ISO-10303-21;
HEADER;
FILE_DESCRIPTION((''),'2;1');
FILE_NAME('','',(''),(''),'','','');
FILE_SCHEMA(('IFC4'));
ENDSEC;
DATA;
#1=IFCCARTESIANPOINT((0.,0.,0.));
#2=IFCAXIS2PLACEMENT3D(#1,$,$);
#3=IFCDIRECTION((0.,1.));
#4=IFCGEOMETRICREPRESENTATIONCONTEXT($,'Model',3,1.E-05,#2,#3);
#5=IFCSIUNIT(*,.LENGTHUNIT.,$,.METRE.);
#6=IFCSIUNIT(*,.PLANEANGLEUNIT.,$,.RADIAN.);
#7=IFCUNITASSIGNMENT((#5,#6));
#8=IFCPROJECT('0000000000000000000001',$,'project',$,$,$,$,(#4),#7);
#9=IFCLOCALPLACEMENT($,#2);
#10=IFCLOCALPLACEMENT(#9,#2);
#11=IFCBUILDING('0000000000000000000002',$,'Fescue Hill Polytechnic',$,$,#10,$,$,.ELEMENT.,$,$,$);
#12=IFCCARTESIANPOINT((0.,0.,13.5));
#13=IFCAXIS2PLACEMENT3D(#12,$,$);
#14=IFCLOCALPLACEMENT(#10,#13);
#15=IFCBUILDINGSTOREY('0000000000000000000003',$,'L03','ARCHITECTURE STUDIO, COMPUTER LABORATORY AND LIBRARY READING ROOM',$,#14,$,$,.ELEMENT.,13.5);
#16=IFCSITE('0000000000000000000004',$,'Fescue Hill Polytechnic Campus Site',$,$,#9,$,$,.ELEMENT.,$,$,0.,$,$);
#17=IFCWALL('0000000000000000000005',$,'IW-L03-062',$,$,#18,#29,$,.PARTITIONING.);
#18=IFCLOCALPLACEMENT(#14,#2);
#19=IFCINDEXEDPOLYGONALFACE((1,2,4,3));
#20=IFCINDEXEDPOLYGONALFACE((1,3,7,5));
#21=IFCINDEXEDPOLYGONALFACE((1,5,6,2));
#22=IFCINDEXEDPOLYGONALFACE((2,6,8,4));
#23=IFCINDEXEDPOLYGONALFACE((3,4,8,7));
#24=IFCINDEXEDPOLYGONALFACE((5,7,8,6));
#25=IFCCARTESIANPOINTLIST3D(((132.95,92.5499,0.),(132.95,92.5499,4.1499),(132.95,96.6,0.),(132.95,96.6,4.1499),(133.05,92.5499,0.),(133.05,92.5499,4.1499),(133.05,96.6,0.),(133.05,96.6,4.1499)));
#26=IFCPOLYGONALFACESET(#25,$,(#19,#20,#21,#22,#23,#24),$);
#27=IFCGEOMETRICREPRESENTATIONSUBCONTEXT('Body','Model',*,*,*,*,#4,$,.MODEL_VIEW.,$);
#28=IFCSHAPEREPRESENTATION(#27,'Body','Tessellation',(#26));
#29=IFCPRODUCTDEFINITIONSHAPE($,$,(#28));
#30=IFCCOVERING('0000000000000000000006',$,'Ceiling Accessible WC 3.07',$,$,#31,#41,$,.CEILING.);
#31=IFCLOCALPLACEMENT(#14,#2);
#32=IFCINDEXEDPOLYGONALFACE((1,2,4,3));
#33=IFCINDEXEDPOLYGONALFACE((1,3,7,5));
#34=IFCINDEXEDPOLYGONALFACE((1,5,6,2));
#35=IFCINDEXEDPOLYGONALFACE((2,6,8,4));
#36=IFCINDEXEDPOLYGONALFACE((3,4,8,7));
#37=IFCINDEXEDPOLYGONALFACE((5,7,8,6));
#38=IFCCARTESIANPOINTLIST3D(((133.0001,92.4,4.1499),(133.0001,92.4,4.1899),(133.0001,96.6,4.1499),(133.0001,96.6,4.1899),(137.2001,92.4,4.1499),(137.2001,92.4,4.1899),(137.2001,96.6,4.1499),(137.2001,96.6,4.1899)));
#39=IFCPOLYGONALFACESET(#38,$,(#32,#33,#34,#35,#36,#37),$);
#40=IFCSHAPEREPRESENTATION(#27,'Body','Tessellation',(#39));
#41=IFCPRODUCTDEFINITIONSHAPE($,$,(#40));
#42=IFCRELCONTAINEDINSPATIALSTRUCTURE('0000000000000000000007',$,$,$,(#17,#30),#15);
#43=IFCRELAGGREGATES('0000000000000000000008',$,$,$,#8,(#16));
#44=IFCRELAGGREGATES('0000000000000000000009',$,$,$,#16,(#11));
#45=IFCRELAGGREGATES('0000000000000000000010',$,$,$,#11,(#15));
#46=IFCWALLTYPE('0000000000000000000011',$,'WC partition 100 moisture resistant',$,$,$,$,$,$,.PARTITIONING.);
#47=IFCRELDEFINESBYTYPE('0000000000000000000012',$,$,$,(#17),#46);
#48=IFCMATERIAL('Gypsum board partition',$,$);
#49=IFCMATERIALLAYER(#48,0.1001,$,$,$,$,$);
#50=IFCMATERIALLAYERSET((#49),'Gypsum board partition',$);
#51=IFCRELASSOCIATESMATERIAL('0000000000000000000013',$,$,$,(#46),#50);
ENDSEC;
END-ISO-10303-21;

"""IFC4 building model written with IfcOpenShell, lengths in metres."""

from ifc_helpers import new_model, si_unit, direction, frame, frame_2d, origin, origin_2d, place, context, subcontext, project, spatial, rectangle, extrude, material, layer, layer_set, type_object, element, save


model = new_model("IFC4")

# Units and contexts
model_context = context("Model", 3, precision=1e-05, world=origin(), true_north=direction((0.0, 1.0)))
body_context = subcontext(model_context, "Body", "Model", "MODEL_VIEW")
ifc_project = project(units=[si_unit("LENGTHUNIT", "METRE"), si_unit("PLANEANGLEUNIT", "RADIAN")], contexts=[model_context])

# Site, building, storey
site_placement = place(None, origin())
site = spatial("IfcSite", under=ifc_project, at=site_placement, Name="Fescue Hill Polytechnic Campus Site", CompositionType="ELEMENT", RefElevation=0.0)
building_placement = place(site_placement, origin())
building = spatial("IfcBuilding", under=site, at=building_placement, Name="Fescue Hill Polytechnic", CompositionType="ELEMENT")
storey_placement = place(building_placement, frame((0.0, 0.0, 13.5)))
storey = spatial("IfcBuildingStorey", under=building, at=storey_placement, Name="L03", Description="ARCHITECTURE STUDIO, COMPUTER LABORATORY AND LIBRARY READING ROOM", CompositionType="ELEMENT", Elevation=13.5)

# Wall
ifc_material_1 = material(Name="Gypsum board partition")
ifc_layer_1 = layer(ifc_material_1, 0.1001)
ifc_layer_set_1 = layer_set([ifc_layer_1], Name="Gypsum board partition")
wall_type_1 = type_object("IfcWallType", Name="WC partition 100 moisture resistant", PredefinedType="PARTITIONING", material=ifc_layer_set_1)
wall_1_placement = place(storey_placement, frame((133.0, 92.55, 0.0), z_axis=(0.0, 0.0, 1.0), x_axis=(0.0, 1.0, 0.0)))
element("IfcWall", 1, at=wall_1_placement, inside=storey, type_object=wall_type_1, Name="IW-L03-062", PredefinedType="PARTITIONING", context=body_context, shape_type="SweptSolid", body=[
    extrude(rectangle(XDim=4.05, YDim=0.1001, at=frame_2d((2.0249, 0.0))), origin(), (0.0, 0.0, 1.0), 4.1499),
])

# Covering
covering_placement = place(storey_placement, frame((135.1001, 94.5, 4.1499), z_axis=(0.0, 0.0, 1.0), x_axis=(1.0, 0.0, 0.0)))
element("IfcCovering", 2, at=covering_placement, inside=storey, Name="Ceiling Accessible WC 3.07", PredefinedType="CEILING", context=body_context, shape_type="SweptSolid", body=[
    extrude(rectangle(XDim=4.2, YDim=4.2, at=origin_2d()), origin(), (0.0, 0.0, 1.0), 0.04),
])

save(model, "model.ifc")
